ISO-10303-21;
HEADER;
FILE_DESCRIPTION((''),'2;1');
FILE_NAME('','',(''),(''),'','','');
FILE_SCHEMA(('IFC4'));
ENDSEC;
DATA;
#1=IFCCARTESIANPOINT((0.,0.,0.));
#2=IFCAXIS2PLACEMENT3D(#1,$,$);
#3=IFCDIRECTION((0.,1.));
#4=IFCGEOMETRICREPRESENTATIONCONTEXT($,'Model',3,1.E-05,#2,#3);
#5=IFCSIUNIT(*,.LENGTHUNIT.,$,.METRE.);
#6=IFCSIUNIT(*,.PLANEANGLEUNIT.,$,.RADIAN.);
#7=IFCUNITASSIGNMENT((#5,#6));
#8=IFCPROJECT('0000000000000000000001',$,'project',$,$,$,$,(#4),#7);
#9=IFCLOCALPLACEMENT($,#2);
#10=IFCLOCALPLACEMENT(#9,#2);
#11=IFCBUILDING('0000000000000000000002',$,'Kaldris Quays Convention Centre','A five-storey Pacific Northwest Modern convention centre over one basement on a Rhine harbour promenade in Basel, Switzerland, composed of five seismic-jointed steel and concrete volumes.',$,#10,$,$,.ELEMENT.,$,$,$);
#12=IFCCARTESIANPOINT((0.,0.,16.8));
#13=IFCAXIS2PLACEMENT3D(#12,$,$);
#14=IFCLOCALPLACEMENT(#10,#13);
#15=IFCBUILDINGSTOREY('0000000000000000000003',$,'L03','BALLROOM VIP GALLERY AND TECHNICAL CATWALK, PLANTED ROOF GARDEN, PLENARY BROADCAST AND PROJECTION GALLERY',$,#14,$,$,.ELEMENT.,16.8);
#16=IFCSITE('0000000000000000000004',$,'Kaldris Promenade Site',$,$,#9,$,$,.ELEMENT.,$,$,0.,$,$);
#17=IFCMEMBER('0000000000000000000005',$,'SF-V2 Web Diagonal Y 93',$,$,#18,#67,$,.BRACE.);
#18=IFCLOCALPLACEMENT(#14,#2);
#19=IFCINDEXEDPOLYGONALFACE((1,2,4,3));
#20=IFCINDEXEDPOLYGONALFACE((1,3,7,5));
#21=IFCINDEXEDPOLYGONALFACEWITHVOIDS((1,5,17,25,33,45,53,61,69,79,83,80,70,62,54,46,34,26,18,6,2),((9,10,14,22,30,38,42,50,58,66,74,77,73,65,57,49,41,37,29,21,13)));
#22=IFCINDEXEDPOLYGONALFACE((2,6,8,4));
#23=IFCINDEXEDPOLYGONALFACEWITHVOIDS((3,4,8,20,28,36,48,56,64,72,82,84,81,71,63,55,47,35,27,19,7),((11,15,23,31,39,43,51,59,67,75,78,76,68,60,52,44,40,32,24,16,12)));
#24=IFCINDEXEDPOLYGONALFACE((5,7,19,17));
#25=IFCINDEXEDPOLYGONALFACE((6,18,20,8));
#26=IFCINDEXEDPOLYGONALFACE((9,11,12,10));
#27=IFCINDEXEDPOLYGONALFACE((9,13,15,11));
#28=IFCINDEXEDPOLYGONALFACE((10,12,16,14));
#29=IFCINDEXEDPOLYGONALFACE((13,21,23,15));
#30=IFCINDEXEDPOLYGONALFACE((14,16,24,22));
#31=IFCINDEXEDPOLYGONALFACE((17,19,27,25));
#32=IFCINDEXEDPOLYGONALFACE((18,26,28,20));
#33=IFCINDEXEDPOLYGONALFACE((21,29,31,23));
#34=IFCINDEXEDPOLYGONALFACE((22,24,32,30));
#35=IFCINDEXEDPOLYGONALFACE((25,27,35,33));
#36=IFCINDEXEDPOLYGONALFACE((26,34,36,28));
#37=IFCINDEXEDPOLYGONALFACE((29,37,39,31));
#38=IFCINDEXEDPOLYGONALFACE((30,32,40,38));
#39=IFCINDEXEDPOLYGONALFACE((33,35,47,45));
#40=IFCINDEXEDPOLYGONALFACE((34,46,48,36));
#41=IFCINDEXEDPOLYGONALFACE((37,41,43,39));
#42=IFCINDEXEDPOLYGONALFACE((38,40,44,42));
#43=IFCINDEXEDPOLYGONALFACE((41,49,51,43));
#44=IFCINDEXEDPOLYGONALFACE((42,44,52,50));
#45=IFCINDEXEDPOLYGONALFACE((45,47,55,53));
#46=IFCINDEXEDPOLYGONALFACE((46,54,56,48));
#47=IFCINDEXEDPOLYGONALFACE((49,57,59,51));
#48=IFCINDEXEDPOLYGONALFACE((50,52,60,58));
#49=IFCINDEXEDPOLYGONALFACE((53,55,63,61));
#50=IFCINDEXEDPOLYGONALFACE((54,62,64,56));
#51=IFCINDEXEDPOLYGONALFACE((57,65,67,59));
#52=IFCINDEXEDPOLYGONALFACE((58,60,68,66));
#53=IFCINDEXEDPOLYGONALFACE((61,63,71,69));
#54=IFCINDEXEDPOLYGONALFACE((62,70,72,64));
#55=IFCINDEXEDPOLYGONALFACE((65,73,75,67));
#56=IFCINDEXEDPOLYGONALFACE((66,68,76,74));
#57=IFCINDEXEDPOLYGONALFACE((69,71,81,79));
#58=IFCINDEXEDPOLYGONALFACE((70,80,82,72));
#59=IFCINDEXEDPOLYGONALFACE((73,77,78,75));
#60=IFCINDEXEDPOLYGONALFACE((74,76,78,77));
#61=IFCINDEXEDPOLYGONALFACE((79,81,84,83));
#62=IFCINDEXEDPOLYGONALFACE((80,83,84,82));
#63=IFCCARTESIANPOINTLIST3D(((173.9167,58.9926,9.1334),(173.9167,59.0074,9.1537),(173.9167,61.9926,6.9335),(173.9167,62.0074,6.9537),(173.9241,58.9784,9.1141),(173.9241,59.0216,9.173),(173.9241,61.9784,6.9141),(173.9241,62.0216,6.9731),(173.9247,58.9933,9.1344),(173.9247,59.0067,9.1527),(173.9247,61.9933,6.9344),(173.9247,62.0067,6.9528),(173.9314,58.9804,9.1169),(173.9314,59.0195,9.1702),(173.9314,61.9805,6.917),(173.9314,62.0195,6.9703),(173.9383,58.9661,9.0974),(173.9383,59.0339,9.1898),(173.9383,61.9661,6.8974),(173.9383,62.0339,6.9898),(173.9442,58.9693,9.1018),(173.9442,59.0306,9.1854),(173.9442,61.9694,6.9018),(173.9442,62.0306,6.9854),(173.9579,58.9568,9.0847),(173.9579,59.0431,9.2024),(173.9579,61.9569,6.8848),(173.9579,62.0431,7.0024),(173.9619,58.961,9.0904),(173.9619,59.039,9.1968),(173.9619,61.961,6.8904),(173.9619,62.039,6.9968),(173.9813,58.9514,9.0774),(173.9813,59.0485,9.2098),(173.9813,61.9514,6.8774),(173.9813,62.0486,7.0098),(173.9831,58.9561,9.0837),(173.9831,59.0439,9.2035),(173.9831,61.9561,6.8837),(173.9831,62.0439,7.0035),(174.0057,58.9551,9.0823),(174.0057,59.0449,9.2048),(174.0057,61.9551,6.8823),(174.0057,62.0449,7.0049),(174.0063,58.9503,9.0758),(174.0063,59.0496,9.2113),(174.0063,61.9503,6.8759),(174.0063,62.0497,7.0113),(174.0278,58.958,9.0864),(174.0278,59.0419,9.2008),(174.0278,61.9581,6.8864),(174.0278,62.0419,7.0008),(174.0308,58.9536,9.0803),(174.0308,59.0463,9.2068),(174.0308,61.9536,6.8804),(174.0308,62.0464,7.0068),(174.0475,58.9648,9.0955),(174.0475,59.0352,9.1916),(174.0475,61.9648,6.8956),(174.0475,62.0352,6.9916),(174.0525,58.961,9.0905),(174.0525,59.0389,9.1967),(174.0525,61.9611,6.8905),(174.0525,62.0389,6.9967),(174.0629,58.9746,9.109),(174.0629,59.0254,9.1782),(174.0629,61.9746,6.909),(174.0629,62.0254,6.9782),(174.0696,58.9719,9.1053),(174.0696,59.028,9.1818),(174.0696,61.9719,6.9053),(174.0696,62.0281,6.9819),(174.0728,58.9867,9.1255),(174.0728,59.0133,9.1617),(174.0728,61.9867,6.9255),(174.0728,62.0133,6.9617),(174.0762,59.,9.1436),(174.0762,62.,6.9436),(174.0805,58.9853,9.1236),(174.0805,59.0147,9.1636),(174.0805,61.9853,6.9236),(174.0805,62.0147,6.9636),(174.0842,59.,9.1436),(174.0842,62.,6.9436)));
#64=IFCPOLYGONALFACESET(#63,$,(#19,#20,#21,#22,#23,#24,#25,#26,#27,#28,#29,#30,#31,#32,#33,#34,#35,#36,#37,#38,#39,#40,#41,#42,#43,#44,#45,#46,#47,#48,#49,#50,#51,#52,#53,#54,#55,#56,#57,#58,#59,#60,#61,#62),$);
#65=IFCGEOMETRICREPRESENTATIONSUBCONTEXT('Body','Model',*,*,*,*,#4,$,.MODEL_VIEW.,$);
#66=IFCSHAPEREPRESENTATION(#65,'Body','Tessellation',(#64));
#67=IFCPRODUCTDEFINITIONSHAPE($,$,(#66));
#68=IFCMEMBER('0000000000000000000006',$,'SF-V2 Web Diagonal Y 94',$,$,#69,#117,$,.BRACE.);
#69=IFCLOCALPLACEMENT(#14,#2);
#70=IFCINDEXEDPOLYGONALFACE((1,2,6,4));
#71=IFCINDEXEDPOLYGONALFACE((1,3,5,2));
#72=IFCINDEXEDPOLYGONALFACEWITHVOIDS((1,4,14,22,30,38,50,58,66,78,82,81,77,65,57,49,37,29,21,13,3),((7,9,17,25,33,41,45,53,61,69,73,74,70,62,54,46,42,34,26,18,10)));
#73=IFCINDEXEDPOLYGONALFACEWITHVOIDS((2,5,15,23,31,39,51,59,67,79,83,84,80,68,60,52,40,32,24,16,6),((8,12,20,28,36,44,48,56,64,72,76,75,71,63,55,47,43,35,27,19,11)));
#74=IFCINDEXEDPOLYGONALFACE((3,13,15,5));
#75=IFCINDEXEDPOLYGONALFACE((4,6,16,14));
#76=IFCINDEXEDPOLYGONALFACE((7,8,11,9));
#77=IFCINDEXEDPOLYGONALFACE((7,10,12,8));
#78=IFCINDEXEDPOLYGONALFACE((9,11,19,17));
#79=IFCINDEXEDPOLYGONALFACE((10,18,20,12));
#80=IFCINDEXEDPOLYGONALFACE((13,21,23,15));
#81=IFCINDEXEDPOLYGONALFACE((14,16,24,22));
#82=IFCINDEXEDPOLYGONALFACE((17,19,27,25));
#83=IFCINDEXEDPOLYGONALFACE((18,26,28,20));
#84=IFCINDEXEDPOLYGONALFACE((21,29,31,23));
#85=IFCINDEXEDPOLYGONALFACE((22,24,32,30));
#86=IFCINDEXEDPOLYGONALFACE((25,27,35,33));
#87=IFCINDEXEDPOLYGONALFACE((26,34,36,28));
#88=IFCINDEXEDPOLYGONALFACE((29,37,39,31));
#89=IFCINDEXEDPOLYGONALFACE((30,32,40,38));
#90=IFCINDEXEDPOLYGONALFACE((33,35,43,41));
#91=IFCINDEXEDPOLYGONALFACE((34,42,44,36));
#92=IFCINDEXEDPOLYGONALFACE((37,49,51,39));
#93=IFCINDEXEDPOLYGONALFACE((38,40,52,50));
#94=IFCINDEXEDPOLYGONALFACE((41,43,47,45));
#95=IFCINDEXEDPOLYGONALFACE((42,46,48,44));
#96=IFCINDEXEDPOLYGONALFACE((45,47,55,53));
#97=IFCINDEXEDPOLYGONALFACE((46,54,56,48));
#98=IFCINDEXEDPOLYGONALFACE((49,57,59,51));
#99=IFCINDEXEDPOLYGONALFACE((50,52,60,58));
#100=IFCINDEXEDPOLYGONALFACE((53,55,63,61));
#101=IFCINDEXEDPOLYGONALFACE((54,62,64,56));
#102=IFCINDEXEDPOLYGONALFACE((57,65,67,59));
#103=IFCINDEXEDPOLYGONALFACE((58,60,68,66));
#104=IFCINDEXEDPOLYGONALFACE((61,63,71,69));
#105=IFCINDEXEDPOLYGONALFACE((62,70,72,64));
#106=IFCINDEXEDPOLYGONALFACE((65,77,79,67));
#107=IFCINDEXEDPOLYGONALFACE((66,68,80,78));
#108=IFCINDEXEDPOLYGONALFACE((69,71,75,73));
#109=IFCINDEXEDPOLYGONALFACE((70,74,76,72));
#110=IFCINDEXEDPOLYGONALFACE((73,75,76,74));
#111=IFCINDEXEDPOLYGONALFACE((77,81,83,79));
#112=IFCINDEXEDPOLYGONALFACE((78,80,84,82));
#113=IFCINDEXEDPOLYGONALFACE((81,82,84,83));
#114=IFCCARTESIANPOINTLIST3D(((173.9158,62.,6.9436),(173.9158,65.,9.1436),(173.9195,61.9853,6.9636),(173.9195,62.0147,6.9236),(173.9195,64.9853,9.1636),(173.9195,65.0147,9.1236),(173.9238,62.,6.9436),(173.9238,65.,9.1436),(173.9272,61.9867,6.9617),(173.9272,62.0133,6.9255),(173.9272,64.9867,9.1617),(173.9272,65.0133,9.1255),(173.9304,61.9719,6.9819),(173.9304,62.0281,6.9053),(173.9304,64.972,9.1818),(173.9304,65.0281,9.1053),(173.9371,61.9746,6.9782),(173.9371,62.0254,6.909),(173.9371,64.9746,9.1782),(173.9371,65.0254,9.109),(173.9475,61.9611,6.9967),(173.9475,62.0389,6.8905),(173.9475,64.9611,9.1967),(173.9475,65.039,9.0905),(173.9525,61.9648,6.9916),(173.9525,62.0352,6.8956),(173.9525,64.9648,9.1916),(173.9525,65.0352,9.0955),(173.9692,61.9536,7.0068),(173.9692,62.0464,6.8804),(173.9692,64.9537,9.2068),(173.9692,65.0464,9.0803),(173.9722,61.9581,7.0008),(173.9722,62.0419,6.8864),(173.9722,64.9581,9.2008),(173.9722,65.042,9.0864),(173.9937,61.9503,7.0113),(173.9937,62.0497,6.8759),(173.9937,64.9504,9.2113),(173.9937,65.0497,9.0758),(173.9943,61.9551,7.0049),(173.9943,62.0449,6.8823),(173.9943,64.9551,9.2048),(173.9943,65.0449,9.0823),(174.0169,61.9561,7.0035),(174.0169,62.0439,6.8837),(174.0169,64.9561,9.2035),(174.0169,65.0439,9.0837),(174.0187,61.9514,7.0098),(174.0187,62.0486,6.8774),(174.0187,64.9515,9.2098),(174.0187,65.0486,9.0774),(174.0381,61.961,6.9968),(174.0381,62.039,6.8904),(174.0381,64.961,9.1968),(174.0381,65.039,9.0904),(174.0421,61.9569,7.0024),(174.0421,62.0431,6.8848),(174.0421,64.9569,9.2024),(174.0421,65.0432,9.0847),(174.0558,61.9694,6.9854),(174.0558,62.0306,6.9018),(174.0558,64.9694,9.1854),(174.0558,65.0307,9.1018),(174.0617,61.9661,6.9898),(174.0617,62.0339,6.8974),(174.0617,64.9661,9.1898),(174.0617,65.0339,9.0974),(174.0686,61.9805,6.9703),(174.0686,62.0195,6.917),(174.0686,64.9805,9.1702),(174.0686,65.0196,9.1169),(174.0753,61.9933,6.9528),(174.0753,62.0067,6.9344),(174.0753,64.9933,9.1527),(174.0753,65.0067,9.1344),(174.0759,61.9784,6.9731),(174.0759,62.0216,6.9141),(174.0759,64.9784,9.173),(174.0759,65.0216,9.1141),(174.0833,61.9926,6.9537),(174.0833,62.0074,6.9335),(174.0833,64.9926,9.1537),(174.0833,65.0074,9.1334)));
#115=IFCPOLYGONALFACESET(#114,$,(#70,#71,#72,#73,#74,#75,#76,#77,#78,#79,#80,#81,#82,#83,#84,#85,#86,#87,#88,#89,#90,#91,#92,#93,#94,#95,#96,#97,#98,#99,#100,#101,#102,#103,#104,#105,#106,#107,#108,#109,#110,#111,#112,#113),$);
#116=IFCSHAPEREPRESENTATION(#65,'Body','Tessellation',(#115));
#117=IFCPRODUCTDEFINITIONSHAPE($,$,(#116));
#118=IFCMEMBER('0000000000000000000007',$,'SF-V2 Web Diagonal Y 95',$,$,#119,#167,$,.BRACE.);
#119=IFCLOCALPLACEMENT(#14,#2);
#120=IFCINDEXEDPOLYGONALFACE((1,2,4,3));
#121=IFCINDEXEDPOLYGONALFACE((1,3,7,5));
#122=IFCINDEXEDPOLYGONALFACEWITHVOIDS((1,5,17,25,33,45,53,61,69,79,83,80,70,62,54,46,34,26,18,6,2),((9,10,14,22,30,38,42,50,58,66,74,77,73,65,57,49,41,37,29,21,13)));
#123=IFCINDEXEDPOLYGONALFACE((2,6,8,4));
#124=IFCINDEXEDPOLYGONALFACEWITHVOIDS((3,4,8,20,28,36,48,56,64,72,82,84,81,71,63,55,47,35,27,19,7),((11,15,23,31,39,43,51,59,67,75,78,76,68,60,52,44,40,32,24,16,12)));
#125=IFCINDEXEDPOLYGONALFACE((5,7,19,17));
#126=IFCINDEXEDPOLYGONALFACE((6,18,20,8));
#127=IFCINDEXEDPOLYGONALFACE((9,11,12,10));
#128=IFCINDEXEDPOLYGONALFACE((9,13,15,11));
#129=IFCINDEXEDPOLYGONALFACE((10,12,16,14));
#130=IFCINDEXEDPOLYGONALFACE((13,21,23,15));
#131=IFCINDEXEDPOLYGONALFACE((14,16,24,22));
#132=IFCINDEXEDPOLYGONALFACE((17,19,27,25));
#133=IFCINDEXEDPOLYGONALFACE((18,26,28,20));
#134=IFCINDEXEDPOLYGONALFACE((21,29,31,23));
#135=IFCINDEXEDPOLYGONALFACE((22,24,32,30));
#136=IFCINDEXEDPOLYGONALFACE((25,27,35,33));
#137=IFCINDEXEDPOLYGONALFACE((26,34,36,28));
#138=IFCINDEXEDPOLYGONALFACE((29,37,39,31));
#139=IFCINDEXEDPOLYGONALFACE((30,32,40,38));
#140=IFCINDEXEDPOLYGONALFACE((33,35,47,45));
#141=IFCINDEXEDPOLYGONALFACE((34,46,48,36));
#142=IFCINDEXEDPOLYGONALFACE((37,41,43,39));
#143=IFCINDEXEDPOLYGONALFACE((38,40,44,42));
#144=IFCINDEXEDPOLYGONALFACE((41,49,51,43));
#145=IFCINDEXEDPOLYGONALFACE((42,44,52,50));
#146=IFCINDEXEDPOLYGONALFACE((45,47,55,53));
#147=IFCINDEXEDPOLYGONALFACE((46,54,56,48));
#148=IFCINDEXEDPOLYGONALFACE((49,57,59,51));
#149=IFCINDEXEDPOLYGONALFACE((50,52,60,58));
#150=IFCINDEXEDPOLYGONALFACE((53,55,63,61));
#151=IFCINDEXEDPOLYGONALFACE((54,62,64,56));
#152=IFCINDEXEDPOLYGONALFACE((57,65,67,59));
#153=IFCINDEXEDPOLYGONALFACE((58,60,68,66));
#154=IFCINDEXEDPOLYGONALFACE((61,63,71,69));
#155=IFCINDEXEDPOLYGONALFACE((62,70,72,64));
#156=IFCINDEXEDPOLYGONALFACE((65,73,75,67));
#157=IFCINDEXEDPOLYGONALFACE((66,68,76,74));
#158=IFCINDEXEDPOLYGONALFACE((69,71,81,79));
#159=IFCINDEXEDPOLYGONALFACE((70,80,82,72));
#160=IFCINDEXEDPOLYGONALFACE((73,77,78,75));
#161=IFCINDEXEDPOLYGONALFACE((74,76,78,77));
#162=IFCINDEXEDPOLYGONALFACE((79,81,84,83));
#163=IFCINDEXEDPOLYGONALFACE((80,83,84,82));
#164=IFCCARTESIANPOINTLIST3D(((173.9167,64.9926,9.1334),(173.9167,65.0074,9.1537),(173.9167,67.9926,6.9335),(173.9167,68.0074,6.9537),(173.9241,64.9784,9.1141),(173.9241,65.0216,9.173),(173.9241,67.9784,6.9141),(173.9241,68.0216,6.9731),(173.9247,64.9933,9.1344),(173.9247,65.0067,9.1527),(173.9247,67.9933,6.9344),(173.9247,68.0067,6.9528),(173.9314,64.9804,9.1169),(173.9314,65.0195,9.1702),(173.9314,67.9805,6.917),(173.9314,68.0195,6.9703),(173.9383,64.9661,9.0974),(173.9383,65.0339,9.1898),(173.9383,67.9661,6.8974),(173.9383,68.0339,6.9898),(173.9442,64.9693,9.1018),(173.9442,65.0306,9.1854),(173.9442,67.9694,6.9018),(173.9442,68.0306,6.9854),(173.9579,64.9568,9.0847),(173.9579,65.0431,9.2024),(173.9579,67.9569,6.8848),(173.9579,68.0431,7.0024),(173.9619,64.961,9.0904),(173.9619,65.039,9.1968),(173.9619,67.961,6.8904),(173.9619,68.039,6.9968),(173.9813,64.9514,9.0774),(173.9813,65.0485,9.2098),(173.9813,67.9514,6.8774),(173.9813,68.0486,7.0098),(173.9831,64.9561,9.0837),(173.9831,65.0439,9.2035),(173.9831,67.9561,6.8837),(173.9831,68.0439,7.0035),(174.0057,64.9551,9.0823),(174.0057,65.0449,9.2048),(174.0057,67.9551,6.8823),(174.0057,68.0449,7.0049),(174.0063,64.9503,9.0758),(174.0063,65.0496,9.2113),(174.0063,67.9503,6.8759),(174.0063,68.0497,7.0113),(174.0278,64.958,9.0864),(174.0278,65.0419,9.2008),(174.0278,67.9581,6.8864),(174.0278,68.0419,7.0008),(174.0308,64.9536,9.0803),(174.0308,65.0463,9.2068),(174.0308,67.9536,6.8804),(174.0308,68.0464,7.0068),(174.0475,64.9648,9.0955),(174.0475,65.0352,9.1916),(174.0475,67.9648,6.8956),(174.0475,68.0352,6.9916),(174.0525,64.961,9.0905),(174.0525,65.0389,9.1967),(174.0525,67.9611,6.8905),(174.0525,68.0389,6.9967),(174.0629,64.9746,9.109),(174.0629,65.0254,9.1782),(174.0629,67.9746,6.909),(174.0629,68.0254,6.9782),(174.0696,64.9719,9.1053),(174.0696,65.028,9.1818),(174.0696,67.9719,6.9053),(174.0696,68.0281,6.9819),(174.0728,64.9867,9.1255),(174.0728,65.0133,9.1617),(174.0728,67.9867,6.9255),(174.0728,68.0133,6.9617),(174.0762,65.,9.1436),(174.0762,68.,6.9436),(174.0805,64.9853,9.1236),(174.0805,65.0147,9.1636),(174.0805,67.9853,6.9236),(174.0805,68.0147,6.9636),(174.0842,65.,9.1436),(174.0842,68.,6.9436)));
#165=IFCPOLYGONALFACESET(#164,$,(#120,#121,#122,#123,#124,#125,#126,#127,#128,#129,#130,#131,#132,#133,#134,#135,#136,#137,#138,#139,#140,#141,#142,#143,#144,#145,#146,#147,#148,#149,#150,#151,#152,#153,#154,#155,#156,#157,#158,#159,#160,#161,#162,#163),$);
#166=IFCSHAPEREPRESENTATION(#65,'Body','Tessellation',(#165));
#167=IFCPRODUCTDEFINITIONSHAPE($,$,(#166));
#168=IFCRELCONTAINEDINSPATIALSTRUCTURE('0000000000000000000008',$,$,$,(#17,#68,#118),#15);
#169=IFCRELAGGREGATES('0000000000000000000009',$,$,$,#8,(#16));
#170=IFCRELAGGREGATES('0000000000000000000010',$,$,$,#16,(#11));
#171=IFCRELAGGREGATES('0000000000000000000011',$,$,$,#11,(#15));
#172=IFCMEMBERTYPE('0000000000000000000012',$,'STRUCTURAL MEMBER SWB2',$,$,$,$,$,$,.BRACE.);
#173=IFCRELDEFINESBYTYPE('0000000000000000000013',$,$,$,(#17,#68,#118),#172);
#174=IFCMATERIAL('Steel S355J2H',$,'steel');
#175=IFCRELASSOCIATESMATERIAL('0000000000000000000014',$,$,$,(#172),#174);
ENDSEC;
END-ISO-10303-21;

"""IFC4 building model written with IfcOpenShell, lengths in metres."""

from ifc_helpers import new_model, si_unit, direction, frame, origin, origin_2d, place, context, subcontext, project, spatial, hollow_circle, extrude, material, material_profile, profile_set, type_object, element, save


model = new_model("IFC4")

# Units and contexts
model_context = context("Model", 3, precision=1e-05, world=origin(), true_north=direction((0.0, 1.0)))
body_context = subcontext(model_context, "Body", "Model", "MODEL_VIEW")
ifc_project = project(units=[si_unit("LENGTHUNIT", "METRE"), si_unit("PLANEANGLEUNIT", "RADIAN")], contexts=[model_context])

# Site, building, storey
site_placement = place(None, origin())
site = spatial("IfcSite", under=ifc_project, at=site_placement, Name="Kaldris Promenade Site", CompositionType="ELEMENT", RefElevation=0.0)
building_placement = place(site_placement, origin())
building = spatial("IfcBuilding", under=site, at=building_placement, Name="Kaldris Quays Convention Centre", Description="A five-storey Pacific Northwest Modern convention centre over one basement on a Rhine harbour promenade in Basel, Switzerland, composed of five seismic-jointed steel and concrete volumes.", CompositionType="ELEMENT")
storey_placement = place(building_placement, frame((0.0, 0.0, 16.8)))
storey = spatial("IfcBuildingStorey", under=building, at=storey_placement, Name="L03", Description="BALLROOM VIP GALLERY AND TECHNICAL CATWALK, PLANTED ROOF GARDEN, PLENARY BROADCAST AND PROJECTION GALLERY", CompositionType="ELEMENT", Elevation=16.8)

# Members
ifc_material_1 = material(Name="Steel S355J2H", Category="steel")
ifc_material_profile_1 = material_profile(ifc_material_1, hollow_circle(Radius=0.0842, WallThickness=0.0081, at=origin_2d()), Name="CHS 168.3x8")
ifc_profile_set_1 = profile_set([ifc_material_profile_1], Name="Steel S355J2H")
member_type_1 = type_object("IfcMemberType", Name="STRUCTURAL MEMBER SWB2", PredefinedType="BRACE", material=ifc_profile_set_1)
for number, where, z_axis, x_axis, name in (
    (1, (174.0, 62.0, 6.9436), (0.0, -0.806411, 0.591355), (1.0, 0.0, 0.0), "SF-V2 Web Diagonal Y 93"),
    (2, (174.0, 62.0, 6.9436), (0.0, 0.806411, 0.591355), (-1.0, 0.0, 0.0), "SF-V2 Web Diagonal Y 94"),
    (3, (174.0, 68.0, 6.9436), (0.0, -0.806411, 0.591355), (1.0, 0.0, 0.0), "SF-V2 Web Diagonal Y 95"),
):
    element("IfcMember", number, at=place(storey_placement, frame(where, z_axis=z_axis, x_axis=x_axis)), inside=storey, type_object=member_type_1, Name=name, PredefinedType="BRACE", context=body_context, shape_type="SweptSolid", body=[
        extrude(hollow_circle(Radius=0.0842, WallThickness=0.0081, at=origin_2d()), origin(), (0.0, 0.0, 1.0), 3.7202),
    ])

save(model, "model.ifc")
